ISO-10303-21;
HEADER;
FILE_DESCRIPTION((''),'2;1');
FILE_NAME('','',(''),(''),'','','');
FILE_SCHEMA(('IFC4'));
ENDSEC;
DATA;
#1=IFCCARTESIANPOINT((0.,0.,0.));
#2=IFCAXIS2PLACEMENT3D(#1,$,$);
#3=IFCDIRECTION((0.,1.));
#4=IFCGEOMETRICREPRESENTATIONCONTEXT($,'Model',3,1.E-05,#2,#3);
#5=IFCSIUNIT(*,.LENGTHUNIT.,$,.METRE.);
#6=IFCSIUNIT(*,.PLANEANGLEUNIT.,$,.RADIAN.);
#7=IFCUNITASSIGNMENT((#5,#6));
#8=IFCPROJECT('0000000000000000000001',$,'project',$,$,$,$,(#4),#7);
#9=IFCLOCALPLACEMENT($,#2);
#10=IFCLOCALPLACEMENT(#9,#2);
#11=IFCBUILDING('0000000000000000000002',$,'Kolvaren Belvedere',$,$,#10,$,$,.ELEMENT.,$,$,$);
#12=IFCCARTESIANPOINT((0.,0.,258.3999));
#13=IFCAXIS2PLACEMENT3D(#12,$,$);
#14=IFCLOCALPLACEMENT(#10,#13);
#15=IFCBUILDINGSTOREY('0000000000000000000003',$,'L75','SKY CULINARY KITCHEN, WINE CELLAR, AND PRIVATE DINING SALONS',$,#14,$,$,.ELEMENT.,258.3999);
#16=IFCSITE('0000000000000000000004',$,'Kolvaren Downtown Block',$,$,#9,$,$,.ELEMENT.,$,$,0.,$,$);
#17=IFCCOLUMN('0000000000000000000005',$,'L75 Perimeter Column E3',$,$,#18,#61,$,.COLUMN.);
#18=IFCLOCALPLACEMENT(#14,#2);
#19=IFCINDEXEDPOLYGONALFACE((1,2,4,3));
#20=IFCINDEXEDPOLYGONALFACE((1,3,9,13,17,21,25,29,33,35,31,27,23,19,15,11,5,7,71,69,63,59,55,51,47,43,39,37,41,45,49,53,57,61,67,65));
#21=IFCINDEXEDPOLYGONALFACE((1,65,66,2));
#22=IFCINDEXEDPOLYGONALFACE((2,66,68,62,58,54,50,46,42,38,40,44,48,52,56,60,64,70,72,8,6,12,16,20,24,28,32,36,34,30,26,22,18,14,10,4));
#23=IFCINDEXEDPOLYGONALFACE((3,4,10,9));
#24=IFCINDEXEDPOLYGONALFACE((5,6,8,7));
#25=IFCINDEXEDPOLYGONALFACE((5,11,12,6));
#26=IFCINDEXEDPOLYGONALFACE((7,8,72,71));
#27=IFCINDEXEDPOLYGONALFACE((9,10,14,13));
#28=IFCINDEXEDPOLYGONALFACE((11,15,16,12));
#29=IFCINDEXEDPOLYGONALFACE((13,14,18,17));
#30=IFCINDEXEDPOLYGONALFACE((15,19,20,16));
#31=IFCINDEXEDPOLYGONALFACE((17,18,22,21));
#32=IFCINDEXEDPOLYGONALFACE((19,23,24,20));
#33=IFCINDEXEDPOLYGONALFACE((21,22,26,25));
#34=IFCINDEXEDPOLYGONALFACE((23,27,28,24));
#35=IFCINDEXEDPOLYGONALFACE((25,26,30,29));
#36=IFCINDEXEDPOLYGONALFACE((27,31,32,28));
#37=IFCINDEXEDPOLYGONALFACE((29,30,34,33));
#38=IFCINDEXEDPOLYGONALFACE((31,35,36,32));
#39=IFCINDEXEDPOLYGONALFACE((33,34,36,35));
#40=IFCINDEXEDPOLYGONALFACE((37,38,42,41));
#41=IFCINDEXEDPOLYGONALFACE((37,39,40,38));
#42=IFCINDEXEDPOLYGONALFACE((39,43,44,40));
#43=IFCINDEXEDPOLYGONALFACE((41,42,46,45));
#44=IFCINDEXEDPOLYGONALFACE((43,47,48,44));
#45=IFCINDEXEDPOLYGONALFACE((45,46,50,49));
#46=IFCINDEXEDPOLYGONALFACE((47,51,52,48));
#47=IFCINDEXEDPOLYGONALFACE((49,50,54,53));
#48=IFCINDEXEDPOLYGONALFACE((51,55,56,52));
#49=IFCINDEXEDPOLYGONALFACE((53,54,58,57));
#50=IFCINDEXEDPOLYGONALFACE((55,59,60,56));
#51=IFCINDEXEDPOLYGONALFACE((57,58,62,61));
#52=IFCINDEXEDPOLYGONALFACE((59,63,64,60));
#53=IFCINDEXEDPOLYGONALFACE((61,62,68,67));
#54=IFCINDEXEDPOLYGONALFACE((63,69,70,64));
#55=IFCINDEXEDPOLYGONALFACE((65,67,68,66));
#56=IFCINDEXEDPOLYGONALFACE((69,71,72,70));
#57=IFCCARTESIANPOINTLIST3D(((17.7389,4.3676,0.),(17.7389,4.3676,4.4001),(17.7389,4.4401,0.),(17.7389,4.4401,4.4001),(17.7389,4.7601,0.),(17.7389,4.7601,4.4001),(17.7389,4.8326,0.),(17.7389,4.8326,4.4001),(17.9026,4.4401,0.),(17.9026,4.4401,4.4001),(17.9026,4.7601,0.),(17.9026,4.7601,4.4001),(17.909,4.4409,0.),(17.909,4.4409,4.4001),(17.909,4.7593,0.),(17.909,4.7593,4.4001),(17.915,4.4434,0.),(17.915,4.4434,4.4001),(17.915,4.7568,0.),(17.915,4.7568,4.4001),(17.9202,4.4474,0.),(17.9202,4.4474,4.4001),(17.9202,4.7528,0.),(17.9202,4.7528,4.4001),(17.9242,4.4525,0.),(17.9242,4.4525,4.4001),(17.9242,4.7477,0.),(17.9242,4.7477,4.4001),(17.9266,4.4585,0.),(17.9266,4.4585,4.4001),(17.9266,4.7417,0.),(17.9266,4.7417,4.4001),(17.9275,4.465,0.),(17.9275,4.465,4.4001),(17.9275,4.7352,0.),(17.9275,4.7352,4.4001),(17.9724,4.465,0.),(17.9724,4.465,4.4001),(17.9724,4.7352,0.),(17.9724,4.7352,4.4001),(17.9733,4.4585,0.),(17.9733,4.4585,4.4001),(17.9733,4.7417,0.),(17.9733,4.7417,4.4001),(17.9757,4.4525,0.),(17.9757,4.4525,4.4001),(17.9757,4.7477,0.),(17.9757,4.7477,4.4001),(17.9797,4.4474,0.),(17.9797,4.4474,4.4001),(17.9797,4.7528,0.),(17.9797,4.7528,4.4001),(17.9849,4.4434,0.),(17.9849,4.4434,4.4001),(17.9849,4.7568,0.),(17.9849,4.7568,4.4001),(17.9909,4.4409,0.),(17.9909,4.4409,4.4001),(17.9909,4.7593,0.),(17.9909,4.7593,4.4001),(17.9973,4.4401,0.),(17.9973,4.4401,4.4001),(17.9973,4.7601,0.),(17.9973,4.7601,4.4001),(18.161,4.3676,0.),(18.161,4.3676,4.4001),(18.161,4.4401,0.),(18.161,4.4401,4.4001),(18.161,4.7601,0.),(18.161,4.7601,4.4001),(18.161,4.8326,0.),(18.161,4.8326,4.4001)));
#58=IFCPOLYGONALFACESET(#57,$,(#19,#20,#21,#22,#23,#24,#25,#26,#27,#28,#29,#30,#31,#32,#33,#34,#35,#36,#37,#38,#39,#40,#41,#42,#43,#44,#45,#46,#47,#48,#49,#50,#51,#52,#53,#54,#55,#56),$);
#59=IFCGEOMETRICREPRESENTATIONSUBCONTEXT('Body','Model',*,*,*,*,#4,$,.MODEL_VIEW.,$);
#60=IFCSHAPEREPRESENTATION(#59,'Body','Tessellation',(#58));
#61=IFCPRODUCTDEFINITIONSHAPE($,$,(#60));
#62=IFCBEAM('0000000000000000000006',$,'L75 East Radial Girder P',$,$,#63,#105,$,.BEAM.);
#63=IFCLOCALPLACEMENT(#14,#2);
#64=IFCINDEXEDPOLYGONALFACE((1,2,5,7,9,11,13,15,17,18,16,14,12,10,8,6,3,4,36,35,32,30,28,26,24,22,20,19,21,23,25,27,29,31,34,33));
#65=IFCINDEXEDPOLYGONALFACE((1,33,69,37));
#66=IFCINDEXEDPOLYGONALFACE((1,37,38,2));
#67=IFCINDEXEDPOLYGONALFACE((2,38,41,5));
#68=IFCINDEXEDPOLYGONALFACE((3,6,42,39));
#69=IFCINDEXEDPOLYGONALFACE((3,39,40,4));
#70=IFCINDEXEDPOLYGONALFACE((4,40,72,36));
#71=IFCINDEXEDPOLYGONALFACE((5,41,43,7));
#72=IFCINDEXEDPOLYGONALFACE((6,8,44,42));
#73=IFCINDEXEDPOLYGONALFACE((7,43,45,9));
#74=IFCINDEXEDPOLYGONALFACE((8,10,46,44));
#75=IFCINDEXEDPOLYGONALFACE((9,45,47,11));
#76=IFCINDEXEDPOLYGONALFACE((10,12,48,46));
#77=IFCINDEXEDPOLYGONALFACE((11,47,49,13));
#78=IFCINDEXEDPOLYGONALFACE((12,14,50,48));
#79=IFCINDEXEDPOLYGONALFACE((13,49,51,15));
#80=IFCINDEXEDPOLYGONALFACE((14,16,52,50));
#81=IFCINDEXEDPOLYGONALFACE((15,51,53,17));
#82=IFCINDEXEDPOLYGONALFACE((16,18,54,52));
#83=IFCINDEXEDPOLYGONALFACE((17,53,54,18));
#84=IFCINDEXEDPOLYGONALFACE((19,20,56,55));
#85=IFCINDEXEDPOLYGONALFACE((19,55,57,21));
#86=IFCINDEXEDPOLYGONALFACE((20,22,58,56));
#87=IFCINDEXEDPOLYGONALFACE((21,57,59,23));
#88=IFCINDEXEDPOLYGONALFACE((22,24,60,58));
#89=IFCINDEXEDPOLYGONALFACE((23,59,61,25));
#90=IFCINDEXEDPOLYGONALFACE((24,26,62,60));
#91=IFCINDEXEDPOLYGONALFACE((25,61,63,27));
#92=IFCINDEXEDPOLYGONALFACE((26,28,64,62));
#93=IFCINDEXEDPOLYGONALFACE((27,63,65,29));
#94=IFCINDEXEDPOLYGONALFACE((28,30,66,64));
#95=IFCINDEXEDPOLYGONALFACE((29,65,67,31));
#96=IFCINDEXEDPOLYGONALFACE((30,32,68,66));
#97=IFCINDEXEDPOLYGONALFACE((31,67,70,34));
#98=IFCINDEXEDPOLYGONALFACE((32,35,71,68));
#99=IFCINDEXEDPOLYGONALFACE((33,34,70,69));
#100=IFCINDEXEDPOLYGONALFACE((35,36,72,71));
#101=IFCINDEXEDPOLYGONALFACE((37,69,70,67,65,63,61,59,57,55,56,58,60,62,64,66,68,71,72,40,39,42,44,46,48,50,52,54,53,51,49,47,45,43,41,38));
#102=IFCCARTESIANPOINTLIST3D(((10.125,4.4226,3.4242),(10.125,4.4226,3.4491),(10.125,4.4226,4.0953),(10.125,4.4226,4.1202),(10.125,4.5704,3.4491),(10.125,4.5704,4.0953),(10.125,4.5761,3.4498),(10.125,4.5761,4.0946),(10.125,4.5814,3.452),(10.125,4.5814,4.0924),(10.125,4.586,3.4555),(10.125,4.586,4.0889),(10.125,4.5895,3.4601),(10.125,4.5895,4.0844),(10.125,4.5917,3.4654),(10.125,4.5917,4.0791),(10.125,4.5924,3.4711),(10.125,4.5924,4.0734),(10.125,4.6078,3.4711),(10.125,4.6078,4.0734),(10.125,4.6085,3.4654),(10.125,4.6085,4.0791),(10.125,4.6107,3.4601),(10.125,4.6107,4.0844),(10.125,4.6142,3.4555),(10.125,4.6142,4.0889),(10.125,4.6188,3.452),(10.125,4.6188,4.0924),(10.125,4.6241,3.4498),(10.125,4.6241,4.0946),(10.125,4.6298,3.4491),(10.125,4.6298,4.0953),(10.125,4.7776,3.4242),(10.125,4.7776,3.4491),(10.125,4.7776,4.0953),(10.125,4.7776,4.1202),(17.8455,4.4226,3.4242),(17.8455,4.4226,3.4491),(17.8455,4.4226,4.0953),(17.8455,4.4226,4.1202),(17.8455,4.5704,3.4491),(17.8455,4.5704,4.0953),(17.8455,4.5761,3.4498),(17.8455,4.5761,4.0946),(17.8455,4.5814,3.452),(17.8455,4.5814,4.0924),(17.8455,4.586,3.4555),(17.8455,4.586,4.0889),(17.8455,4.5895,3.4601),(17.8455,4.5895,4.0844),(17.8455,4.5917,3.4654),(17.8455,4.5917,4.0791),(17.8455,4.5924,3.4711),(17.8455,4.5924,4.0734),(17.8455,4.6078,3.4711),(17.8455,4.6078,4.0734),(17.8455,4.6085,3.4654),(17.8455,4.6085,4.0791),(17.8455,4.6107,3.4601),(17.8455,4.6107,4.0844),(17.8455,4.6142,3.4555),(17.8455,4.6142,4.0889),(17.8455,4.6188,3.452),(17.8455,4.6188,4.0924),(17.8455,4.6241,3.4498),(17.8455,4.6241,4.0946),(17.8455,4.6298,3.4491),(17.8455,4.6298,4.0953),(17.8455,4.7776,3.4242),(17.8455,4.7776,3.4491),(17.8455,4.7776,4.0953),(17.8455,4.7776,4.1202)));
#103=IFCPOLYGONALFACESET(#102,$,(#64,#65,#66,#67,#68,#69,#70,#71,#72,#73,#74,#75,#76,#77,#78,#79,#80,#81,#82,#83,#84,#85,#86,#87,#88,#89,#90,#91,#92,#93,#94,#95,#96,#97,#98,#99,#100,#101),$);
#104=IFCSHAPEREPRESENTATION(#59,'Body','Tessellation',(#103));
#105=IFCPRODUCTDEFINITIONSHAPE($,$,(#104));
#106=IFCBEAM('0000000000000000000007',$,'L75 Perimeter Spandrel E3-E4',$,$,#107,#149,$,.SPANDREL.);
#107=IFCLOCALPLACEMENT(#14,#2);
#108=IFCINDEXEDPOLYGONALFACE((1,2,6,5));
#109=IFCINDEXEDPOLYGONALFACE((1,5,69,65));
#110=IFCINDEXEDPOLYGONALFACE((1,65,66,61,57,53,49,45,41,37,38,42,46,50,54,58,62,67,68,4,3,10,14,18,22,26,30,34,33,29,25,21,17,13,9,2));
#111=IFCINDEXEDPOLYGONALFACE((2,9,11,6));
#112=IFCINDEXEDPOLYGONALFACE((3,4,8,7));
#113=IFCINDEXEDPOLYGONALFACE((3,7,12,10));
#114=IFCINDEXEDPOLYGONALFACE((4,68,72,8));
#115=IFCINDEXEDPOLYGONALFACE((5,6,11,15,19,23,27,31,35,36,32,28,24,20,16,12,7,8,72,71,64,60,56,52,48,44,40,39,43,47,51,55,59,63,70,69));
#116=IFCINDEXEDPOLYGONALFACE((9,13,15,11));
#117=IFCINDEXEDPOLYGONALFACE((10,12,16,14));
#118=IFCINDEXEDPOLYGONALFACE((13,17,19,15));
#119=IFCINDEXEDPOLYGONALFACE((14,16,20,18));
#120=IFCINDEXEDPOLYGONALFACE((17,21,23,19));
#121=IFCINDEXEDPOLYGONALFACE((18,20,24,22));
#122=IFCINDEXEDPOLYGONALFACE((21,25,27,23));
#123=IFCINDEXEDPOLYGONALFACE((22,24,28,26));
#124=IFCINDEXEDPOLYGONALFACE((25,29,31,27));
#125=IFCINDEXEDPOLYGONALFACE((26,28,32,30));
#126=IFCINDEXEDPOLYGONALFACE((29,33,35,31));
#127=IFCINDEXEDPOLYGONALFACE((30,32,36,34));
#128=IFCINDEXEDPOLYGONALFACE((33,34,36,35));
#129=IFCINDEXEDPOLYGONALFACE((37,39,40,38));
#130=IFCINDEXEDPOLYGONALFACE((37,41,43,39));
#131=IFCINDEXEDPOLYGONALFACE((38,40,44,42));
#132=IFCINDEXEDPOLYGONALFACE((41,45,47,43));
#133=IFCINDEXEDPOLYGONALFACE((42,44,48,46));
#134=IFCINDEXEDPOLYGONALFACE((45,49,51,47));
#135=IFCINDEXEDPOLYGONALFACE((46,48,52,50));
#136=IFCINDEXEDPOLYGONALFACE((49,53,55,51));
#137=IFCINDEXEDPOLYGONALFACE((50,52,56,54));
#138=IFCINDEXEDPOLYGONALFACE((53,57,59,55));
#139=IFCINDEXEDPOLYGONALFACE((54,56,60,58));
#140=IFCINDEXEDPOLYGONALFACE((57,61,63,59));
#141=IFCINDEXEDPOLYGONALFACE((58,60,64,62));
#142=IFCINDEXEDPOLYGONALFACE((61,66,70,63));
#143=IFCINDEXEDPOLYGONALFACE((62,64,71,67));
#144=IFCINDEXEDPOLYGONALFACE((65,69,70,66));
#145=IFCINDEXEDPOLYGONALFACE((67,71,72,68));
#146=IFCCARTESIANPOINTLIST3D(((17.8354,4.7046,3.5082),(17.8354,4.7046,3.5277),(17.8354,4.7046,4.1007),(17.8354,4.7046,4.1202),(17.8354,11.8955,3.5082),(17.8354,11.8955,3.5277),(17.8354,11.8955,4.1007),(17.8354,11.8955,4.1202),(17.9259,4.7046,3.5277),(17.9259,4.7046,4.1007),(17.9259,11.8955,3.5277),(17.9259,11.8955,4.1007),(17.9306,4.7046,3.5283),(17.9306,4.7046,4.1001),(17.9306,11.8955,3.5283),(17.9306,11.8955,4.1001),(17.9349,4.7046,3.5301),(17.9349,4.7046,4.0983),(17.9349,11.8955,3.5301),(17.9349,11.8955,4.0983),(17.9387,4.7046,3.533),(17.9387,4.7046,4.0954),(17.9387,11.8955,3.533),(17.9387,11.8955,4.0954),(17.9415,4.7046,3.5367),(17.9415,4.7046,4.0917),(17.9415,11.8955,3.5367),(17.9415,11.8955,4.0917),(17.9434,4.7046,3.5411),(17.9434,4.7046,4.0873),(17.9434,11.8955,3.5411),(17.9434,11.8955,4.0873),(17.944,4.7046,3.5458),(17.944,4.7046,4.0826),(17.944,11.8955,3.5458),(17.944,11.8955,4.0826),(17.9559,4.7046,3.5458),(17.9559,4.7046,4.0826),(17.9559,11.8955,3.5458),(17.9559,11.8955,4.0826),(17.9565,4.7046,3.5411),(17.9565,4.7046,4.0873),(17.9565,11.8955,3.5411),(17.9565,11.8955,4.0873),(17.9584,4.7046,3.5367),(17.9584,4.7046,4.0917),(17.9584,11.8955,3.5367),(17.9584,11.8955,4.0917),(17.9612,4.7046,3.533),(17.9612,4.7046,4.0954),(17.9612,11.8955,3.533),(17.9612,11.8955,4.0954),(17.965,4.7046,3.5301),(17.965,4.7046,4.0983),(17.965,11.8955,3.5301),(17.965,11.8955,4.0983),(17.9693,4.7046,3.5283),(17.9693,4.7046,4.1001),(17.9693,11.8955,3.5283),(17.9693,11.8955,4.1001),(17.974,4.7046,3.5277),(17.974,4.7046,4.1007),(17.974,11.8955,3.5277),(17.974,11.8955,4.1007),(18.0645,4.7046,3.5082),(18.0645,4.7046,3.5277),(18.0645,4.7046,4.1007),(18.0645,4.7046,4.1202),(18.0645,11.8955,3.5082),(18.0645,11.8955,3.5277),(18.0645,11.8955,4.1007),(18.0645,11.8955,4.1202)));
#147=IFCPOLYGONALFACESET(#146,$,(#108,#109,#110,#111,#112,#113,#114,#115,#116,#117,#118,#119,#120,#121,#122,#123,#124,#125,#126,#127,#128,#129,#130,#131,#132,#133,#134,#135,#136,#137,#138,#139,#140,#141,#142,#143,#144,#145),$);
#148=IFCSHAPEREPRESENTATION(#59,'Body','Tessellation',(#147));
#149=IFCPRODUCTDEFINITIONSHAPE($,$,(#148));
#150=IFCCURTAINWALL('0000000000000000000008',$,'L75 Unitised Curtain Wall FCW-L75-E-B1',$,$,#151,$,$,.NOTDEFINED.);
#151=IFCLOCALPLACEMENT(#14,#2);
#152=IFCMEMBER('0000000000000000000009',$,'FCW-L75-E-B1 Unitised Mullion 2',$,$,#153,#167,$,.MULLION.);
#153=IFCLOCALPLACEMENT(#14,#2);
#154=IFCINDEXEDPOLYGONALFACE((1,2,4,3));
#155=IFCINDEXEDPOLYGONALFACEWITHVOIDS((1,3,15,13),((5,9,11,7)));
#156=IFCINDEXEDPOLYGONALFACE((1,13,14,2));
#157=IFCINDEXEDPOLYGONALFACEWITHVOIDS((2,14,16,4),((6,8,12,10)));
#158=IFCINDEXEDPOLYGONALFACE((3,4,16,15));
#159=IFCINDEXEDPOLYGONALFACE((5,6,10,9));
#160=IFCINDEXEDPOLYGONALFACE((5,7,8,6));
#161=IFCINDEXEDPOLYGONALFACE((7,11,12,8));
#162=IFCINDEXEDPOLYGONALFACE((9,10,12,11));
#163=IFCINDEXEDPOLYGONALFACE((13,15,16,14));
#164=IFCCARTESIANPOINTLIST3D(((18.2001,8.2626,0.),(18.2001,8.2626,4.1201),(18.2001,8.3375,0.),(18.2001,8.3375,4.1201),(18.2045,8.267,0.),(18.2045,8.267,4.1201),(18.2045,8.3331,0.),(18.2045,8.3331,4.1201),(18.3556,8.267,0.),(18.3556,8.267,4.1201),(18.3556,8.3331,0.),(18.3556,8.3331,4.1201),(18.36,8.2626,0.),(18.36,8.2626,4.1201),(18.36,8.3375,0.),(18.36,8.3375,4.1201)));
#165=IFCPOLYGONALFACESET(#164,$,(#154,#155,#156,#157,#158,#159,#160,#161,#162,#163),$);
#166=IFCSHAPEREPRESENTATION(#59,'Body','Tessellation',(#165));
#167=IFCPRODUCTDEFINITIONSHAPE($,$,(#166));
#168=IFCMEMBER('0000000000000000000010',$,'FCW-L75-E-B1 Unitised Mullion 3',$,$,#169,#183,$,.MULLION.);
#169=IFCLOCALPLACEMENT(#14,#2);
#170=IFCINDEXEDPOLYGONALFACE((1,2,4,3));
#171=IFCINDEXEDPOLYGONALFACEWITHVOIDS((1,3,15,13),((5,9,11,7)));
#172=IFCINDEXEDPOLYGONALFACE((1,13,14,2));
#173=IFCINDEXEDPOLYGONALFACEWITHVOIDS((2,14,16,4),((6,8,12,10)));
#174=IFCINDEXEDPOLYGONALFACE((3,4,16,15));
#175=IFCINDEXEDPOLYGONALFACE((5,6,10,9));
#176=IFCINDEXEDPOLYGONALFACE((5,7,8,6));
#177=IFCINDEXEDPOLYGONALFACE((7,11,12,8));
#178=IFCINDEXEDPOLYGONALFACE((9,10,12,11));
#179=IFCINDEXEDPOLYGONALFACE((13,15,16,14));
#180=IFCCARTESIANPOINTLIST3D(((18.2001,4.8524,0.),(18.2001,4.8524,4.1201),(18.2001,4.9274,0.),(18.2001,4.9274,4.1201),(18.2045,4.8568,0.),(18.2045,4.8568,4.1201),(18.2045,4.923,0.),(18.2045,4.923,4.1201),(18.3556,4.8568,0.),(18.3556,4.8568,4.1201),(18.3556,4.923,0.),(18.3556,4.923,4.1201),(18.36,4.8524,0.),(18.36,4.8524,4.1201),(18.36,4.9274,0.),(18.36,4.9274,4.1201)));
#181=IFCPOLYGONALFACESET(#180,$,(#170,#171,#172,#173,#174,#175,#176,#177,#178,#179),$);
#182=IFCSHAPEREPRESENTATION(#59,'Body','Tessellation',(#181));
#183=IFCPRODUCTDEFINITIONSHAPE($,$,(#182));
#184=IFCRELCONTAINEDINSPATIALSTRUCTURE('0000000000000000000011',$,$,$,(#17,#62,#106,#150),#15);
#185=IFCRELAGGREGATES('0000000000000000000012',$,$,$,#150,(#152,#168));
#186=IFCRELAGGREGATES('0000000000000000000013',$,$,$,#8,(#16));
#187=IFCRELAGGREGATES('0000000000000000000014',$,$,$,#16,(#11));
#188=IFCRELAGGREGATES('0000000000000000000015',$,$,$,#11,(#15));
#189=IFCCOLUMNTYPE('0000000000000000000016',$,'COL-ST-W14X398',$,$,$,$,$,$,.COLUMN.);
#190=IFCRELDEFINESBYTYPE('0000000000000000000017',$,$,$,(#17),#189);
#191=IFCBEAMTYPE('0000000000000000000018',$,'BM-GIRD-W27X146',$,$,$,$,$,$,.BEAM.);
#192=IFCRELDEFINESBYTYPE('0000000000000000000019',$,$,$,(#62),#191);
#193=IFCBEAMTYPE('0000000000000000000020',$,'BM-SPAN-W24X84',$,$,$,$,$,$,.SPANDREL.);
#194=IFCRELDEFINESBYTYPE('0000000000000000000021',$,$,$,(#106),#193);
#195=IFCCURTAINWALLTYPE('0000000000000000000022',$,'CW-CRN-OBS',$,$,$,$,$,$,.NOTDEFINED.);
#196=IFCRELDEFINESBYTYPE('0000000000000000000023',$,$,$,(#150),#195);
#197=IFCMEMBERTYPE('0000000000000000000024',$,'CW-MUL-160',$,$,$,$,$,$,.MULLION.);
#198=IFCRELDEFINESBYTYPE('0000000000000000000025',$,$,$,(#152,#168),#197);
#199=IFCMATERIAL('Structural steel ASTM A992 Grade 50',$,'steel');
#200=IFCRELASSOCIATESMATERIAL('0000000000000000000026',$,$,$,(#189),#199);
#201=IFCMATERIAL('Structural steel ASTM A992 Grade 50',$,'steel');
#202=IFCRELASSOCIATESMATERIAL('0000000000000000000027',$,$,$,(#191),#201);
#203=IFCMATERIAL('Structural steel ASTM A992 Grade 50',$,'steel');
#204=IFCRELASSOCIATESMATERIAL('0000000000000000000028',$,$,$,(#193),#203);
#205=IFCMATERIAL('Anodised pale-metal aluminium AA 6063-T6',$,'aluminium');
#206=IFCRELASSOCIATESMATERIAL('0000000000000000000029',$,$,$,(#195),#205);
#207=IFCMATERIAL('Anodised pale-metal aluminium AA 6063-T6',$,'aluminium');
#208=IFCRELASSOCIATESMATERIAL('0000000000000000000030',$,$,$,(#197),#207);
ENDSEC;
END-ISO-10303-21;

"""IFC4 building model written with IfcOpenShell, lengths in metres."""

from ifc_helpers import new_model, si_unit, direction, frame, origin, origin_2d, place, context, subcontext, project, spatial, hollow_rectangle, i_section, extrude, material, material_profile, profile_set, type_object, element, aggregate, save


model = new_model("IFC4")

# Units and contexts
model_context = context("Model", 3, precision=1e-05, world=origin(), true_north=direction((0.0, 1.0)))
body_context = subcontext(model_context, "Body", "Model", "MODEL_VIEW")
ifc_project = project(units=[si_unit("LENGTHUNIT", "METRE"), si_unit("PLANEANGLEUNIT", "RADIAN")], contexts=[model_context])

# Site, building, storey
site_placement = place(None, origin())
site = spatial("IfcSite", under=ifc_project, at=site_placement, Name="Kolvaren Downtown Block", CompositionType="ELEMENT", RefElevation=0.0)
building_placement = place(site_placement, origin())
building = spatial("IfcBuilding", under=site, at=building_placement, Name="Kolvaren Belvedere", CompositionType="ELEMENT")
storey_placement = place(building_placement, frame((0.0, 0.0, 258.3999)))
storey = spatial("IfcBuildingStorey", under=building, at=storey_placement, Name="L75", Description="SKY CULINARY KITCHEN, WINE CELLAR, AND PRIVATE DINING SALONS", CompositionType="ELEMENT", Elevation=258.3999)

# Column
ifc_material_1 = material(Name="Structural steel ASTM A992 Grade 50", Category="steel")
ifc_material_profile_1 = material_profile(ifc_material_1, i_section(OverallWidth=0.4221, OverallDepth=0.4651, WebThickness=0.0449, FlangeThickness=0.0725, FilletRadius=0.0249, at=origin_2d()), Name="W14X398")
ifc_profile_set_1 = profile_set([ifc_material_profile_1], Name="Structural steel ASTM A992 Grade 50")
column_type = type_object("IfcColumnType", Name="COL-ST-W14X398", PredefinedType="COLUMN", material=ifc_profile_set_1)
column_placement = place(storey_placement, frame((17.95, 4.6001, 0.0), z_axis=(0.0, 0.0, 1.0), x_axis=(1.0, 0.0, 0.0)))
element("IfcColumn", 1, at=column_placement, inside=storey, type_object=column_type, Name="L75 Perimeter Column E3", PredefinedType="COLUMN", context=body_context, shape_type="SweptSolid", body=[
    extrude(i_section(OverallWidth=0.4221, OverallDepth=0.4651, WebThickness=0.0449, FlangeThickness=0.0725, FilletRadius=0.0249, at=origin_2d()), origin(), (0.0, 0.0, 1.0), 4.4001),
])

# Beams
ifc_material_2 = material(Name="Structural steel ASTM A992 Grade 50", Category="steel")
ifc_material_profile_2 = material_profile(ifc_material_2, i_section(OverallWidth=0.355, OverallDepth=0.696, WebThickness=0.0154, FlangeThickness=0.0249, FilletRadius=0.022, at=origin_2d()), Name="W27X146")
ifc_profile_set_2 = profile_set([ifc_material_profile_2], Name="Structural steel ASTM A992 Grade 50")
beam_type_1 = type_object("IfcBeamType", Name="BM-GIRD-W27X146", PredefinedType="BEAM", material=ifc_profile_set_2)
beam_1_placement = place(storey_placement, frame((10.125, 4.6001, 3.7722), z_axis=(1.0, 0.0, 0.0), x_axis=(0.0, 1.0, 0.0)))
element("IfcBeam", 2, at=beam_1_placement, inside=storey, type_object=beam_type_1, Name="L75 East Radial Girder P", PredefinedType="BEAM", context=body_context, shape_type="SweptSolid", body=[
    extrude(i_section(OverallWidth=0.355, OverallDepth=0.696, WebThickness=0.0154, FlangeThickness=0.0249, FilletRadius=0.022, at=origin_2d()), origin(), (0.0, 0.0, 1.0), 7.7205),
])
ifc_material_3 = material(Name="Structural steel ASTM A992 Grade 50", Category="steel")
ifc_material_profile_3 = material_profile(ifc_material_3, i_section(OverallWidth=0.229, OverallDepth=0.6121, WebThickness=0.012, FlangeThickness=0.0195, FilletRadius=0.0181, at=origin_2d()), Name="W24X84")
ifc_profile_set_3 = profile_set([ifc_material_profile_3], Name="Structural steel ASTM A992 Grade 50")
beam_type_2 = type_object("IfcBeamType", Name="BM-SPAN-W24X84", PredefinedType="SPANDREL", material=ifc_profile_set_3)
beam_2_placement = place(storey_placement, frame((17.95, 4.7046, 3.8142), z_axis=(0.0, 1.0, 0.0), x_axis=(-1.0, 0.0, 0.0)))
element("IfcBeam", 3, at=beam_2_placement, inside=storey, type_object=beam_type_2, Name="L75 Perimeter Spandrel E3-E4", PredefinedType="SPANDREL", context=body_context, shape_type="SweptSolid", body=[
    extrude(i_section(OverallWidth=0.229, OverallDepth=0.6121, WebThickness=0.012, FlangeThickness=0.0195, FilletRadius=0.0181, at=origin_2d()), origin(), (0.0, 0.0, 1.0), 7.1909),
])

# Curtain wall, members
ifc_material_4 = material(Name="Anodised pale-metal aluminium AA 6063-T6", Category="aluminium")
curtain_wall_type = type_object("IfcCurtainWallType", Name="CW-CRN-OBS", PredefinedType="NOTDEFINED", material=ifc_material_4)
curtain_wall_1_placement = place(storey_placement, origin())
curtain_wall_1 = element("IfcCurtainWall", 4, at=curtain_wall_1_placement, inside=storey, type_object=curtain_wall_type, Name="L75 Unitised Curtain Wall FCW-L75-E-B1", PredefinedType="NOTDEFINED")
ifc_material_5 = material(Name="Anodised pale-metal aluminium AA 6063-T6", Category="aluminium")
ifc_material_profile_4 = material_profile(ifc_material_5, hollow_rectangle(XDim=0.075, YDim=0.1599, WallThickness=0.0044, at=origin_2d()), Name="ALU-MUL-160X75")
ifc_profile_set_4 = profile_set([ifc_material_profile_4], Name="Anodised pale-metal aluminium AA 6063-T6")
member_type_1 = type_object("IfcMemberType", Name="CW-MUL-160", PredefinedType="MULLION", material=ifc_profile_set_4)
member_1_placement = place(storey_placement, frame((18.28, 8.3, 0.0), z_axis=(0.0, 0.0, 1.0), x_axis=(0.0, 1.0, 0.0)))
member_1 = element("IfcMember", 5, at=member_1_placement, type_object=member_type_1, Name="FCW-L75-E-B1 Unitised Mullion 2", PredefinedType="MULLION", context=body_context, shape_type="SweptSolid", body=[
    extrude(hollow_rectangle(XDim=0.075, YDim=0.1599, WallThickness=0.0044, at=origin_2d()), origin(), (0.0, 0.0, 1.0), 4.1201),
])
member_2_placement = place(storey_placement, frame((18.28, 4.8899, 0.0), z_axis=(0.0, 0.0, 1.0), x_axis=(0.0, 1.0, 0.0)))
member_2 = element("IfcMember", 6, at=member_2_placement, type_object=member_type_1, Name="FCW-L75-E-B1 Unitised Mullion 3", PredefinedType="MULLION", context=body_context, shape_type="SweptSolid", body=[
    extrude(hollow_rectangle(XDim=0.075, YDim=0.1599, WallThickness=0.0044, at=origin_2d()), origin(), (0.0, 0.0, 1.0), 4.1201),
])

aggregate(curtain_wall_1, [member_1, member_2])

save(model, "model.ifc")
